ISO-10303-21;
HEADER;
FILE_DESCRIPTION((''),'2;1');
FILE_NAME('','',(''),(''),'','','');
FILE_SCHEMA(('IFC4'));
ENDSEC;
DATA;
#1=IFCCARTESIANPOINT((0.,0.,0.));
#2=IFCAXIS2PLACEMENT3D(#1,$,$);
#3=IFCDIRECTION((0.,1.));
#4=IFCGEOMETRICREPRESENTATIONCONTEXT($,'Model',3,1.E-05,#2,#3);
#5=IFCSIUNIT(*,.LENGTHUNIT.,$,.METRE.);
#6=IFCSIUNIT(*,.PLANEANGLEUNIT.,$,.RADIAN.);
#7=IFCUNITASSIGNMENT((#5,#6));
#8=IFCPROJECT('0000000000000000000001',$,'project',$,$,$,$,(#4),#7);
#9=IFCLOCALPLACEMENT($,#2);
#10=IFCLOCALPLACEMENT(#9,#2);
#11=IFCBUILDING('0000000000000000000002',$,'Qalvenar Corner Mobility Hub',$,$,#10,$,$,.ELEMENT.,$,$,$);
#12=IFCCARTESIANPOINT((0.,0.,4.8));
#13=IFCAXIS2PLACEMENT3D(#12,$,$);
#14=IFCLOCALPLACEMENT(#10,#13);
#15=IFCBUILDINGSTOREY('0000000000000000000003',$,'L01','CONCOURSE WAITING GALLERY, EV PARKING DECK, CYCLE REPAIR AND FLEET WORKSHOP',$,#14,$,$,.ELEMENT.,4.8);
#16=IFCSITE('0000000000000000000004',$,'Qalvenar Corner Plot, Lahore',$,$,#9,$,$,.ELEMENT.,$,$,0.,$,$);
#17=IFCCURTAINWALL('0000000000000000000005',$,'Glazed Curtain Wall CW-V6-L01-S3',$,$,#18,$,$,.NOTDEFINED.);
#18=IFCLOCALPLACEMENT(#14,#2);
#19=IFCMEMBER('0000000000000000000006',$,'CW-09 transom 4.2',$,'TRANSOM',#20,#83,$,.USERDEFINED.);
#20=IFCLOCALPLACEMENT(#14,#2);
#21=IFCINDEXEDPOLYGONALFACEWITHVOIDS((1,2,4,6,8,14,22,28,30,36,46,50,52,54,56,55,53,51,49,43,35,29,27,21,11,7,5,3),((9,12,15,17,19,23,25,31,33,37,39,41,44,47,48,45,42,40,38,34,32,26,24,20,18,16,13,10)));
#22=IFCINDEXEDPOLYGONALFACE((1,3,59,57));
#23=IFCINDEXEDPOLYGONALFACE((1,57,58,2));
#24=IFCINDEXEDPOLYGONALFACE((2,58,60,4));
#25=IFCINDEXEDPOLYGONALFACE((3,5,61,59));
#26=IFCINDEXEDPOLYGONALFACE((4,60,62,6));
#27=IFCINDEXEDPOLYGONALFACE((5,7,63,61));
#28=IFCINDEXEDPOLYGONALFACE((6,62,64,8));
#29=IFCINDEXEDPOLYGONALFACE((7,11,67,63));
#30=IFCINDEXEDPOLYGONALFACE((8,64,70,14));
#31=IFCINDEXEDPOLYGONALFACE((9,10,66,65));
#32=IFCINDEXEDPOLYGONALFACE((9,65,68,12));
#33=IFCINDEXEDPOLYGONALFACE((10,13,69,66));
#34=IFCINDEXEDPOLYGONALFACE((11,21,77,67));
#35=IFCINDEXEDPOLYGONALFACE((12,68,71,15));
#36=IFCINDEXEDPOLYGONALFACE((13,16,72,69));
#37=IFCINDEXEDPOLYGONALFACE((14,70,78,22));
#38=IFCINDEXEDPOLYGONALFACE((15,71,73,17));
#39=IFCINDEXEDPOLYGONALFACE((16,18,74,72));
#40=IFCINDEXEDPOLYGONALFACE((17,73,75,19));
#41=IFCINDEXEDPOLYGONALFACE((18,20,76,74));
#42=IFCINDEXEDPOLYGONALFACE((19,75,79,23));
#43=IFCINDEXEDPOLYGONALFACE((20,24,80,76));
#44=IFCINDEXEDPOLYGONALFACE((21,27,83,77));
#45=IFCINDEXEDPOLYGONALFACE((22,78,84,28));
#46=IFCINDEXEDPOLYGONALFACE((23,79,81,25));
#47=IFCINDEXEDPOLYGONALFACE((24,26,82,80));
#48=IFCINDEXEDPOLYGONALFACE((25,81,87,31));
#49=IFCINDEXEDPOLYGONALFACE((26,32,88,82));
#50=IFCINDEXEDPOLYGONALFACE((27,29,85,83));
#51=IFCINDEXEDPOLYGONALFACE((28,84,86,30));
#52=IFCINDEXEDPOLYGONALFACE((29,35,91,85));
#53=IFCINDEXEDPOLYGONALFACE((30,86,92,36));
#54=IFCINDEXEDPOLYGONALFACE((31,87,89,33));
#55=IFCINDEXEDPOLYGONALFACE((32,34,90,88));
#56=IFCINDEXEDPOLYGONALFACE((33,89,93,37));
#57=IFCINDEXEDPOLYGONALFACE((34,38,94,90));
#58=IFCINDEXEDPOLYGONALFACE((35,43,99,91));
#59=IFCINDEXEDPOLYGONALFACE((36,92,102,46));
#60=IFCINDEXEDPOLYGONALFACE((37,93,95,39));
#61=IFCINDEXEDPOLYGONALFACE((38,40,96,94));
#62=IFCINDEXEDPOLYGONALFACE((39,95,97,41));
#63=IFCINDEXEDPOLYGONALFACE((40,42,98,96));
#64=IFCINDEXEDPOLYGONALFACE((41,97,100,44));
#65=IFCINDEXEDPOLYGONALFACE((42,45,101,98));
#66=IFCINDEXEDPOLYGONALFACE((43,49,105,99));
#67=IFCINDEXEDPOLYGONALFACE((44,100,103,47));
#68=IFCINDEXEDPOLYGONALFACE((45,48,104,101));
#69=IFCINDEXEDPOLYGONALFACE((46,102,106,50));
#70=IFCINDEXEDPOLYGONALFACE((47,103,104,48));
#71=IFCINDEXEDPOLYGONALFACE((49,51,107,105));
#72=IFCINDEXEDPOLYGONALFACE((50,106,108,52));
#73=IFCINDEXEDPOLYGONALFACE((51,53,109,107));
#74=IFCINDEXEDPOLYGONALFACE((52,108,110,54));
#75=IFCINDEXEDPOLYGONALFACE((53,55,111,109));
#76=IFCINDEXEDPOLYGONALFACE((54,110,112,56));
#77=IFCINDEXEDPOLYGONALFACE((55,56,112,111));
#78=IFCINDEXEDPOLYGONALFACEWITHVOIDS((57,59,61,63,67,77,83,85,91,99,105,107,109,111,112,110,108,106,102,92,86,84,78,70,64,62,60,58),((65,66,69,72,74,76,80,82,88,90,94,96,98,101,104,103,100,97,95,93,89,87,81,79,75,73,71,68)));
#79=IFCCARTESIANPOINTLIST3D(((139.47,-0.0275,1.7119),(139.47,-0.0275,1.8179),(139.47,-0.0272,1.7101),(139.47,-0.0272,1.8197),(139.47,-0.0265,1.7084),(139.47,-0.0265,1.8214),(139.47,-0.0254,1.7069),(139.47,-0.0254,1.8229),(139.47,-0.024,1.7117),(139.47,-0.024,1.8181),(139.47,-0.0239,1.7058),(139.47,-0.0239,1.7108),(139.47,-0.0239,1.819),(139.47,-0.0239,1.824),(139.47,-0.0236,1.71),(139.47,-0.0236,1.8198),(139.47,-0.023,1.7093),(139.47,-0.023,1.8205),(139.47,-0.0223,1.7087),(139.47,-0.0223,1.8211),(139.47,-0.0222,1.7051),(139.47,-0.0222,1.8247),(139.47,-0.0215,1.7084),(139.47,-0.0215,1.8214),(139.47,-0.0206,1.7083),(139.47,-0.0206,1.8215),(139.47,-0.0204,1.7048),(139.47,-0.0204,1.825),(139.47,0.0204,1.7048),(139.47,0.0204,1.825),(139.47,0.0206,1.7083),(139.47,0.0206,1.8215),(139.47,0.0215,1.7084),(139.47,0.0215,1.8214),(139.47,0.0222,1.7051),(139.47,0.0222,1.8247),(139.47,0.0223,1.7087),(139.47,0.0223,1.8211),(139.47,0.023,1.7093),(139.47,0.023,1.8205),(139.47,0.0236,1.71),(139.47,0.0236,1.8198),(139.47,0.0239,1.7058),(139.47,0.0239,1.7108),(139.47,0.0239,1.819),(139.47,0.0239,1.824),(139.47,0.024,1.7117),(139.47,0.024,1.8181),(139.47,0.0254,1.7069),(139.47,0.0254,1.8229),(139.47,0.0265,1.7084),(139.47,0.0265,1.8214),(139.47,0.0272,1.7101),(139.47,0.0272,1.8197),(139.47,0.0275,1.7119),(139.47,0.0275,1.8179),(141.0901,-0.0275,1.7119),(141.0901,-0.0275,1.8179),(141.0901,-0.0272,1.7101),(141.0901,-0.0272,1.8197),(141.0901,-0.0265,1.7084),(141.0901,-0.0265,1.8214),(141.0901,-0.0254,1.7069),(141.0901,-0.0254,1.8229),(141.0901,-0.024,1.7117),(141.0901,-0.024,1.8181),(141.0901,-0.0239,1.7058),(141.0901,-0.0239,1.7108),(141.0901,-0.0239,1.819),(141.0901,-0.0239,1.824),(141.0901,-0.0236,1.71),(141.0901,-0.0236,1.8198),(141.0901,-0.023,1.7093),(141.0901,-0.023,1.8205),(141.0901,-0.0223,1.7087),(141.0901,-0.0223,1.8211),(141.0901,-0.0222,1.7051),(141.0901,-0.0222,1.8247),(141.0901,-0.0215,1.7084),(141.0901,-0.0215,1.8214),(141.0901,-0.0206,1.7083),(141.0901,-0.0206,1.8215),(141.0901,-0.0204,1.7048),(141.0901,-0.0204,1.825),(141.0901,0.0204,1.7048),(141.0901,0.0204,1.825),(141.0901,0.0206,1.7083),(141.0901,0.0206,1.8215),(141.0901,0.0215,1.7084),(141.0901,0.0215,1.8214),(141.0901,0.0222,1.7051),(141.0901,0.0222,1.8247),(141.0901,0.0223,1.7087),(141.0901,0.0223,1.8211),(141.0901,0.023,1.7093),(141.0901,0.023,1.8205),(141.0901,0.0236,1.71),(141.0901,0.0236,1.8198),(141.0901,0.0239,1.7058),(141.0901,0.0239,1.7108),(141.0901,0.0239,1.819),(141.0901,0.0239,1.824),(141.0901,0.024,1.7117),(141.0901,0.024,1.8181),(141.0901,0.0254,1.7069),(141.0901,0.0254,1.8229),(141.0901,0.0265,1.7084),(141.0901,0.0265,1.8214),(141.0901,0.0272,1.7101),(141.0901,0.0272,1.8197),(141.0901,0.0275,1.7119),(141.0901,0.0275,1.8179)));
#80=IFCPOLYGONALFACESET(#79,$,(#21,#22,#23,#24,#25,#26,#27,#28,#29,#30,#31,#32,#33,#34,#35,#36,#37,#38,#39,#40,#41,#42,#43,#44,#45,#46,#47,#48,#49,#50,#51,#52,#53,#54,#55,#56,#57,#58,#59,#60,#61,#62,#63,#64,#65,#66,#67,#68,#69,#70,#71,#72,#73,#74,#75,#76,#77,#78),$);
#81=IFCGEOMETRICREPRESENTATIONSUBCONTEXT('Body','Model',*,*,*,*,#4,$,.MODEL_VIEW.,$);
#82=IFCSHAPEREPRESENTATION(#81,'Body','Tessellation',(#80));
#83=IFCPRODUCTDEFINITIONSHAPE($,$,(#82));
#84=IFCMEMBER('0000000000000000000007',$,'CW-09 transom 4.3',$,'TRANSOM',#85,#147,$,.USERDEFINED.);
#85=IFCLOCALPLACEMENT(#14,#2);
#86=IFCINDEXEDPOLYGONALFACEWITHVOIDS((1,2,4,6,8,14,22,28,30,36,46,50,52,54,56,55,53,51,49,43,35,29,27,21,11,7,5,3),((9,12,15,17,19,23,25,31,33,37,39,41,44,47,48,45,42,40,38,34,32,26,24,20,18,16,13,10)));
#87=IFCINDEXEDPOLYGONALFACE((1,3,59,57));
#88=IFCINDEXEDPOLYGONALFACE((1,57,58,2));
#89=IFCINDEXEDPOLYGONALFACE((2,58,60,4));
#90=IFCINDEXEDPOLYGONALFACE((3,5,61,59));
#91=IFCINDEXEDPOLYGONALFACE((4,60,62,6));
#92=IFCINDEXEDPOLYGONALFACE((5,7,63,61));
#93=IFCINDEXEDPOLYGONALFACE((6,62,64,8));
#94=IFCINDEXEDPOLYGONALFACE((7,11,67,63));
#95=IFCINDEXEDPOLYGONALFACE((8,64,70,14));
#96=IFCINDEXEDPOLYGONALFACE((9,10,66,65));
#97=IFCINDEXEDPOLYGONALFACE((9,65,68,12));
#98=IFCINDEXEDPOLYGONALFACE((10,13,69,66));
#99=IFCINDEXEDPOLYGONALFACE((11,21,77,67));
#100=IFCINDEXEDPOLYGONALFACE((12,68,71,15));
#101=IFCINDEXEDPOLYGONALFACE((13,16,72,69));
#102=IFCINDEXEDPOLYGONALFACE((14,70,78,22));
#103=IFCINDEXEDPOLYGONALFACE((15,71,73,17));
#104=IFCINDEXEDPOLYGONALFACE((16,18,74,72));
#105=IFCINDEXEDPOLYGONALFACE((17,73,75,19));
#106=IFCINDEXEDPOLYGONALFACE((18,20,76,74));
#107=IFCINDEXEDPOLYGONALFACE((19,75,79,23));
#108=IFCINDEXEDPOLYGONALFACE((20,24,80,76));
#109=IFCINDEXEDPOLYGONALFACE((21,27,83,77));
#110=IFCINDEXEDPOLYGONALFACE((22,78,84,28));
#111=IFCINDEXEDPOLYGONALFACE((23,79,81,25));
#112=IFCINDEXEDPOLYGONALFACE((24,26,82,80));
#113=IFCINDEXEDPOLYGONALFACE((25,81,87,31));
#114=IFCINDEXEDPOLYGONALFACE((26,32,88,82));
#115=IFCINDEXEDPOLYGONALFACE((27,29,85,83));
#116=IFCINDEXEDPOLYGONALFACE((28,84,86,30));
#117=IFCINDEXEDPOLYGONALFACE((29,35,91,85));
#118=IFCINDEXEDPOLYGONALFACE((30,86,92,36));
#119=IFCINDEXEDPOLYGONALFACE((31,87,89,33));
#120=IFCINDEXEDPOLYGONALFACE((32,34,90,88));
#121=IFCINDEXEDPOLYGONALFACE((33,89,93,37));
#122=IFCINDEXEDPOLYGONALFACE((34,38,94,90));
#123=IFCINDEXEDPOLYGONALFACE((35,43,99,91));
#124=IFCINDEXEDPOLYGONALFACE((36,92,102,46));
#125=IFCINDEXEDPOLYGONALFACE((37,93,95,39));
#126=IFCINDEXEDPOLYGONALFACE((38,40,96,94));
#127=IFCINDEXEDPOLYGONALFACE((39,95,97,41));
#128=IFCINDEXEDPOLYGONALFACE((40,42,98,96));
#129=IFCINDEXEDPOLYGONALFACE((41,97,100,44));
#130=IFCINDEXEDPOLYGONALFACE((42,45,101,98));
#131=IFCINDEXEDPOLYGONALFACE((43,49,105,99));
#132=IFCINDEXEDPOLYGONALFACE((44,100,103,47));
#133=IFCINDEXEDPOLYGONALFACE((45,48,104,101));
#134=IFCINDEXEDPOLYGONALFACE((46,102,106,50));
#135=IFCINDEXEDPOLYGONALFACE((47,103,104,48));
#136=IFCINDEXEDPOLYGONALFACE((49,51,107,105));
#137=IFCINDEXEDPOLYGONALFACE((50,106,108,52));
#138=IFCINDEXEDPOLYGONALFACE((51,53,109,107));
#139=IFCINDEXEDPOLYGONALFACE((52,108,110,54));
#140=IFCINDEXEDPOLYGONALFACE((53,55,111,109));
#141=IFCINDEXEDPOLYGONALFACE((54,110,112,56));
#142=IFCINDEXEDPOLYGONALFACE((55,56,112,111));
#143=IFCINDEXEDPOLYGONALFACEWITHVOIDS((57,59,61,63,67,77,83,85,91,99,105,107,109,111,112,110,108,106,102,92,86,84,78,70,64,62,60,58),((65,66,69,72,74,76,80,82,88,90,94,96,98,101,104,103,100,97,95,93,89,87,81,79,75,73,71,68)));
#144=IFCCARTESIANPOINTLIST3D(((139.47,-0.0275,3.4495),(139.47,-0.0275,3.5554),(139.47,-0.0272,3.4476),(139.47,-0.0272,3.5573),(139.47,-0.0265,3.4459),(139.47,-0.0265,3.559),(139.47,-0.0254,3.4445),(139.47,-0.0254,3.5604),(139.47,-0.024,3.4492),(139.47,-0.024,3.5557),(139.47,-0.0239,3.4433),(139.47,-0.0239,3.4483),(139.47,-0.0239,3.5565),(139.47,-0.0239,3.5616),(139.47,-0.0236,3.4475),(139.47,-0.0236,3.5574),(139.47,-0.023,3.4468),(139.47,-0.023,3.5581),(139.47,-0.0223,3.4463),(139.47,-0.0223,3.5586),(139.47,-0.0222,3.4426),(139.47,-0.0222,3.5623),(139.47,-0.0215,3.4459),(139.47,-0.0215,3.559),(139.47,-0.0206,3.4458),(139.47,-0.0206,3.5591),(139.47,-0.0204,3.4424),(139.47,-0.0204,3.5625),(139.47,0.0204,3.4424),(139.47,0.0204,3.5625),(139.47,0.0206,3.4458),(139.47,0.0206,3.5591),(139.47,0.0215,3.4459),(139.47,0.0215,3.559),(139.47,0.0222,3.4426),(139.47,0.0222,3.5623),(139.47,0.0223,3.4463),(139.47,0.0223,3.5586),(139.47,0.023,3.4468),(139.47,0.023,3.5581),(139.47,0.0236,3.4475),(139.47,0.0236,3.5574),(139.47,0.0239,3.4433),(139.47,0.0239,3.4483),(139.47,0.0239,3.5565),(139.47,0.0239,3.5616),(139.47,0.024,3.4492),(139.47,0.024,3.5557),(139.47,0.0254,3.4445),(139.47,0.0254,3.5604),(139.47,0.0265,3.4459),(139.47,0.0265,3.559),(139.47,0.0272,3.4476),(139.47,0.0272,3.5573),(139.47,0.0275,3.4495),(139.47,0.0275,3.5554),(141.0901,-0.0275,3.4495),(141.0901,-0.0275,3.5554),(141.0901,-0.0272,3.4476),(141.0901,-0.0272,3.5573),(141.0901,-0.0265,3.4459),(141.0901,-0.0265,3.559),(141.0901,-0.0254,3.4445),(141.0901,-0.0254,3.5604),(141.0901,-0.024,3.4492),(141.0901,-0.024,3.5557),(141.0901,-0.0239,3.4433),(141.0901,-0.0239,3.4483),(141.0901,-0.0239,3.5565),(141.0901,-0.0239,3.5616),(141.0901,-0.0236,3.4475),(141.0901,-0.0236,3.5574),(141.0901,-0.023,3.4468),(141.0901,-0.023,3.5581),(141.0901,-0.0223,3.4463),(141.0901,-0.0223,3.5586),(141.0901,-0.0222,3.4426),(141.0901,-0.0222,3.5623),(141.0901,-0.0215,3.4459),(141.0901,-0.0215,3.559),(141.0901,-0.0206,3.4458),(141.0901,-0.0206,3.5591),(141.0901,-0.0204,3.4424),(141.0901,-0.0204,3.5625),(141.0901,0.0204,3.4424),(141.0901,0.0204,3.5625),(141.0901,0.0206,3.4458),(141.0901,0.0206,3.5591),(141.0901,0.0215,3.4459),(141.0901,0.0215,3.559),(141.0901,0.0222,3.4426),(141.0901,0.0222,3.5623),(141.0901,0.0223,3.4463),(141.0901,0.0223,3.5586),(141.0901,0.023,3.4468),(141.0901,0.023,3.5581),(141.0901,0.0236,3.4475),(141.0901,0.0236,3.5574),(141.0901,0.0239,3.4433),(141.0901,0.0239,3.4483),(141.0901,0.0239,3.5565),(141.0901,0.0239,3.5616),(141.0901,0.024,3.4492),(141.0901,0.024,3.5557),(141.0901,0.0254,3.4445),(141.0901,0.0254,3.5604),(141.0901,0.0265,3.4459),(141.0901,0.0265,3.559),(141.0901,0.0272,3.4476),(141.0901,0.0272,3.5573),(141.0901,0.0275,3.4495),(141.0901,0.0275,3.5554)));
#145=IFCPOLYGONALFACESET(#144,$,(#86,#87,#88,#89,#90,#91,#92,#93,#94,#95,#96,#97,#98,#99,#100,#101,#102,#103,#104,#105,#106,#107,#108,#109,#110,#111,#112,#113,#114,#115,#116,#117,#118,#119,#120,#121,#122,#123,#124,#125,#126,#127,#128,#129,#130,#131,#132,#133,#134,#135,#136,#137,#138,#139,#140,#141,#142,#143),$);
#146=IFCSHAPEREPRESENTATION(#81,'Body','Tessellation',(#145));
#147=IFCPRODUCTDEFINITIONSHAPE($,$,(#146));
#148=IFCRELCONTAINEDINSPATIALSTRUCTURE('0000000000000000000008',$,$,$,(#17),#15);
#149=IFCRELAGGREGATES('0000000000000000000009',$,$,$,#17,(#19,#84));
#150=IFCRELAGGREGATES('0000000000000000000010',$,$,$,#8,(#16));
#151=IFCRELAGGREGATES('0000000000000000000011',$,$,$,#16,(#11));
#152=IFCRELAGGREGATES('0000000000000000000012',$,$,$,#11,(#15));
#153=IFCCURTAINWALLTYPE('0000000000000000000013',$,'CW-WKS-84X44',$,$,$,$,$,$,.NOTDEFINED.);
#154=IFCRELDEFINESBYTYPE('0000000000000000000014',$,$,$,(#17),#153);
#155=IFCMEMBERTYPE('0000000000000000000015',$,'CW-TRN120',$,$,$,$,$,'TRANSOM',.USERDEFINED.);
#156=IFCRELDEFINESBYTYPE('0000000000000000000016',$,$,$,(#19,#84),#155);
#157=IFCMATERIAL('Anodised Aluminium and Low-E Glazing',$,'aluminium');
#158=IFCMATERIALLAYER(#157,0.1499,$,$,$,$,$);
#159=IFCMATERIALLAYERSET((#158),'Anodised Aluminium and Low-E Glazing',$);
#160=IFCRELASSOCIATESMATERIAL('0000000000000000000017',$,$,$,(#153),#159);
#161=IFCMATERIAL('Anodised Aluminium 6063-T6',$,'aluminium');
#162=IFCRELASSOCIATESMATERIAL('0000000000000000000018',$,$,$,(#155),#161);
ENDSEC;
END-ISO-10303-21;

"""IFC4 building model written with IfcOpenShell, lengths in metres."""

from ifc_helpers import new_model, si_unit, direction, frame, origin, origin_2d, place, context, subcontext, project, spatial, hollow_rectangle, extrude, material, layer, layer_set, material_profile, profile_set, type_object, element, aggregate, save


model = new_model("IFC4")

# Units and contexts
model_context = context("Model", 3, precision=1e-05, world=origin(), true_north=direction((0.0, 1.0)))
body_context = subcontext(model_context, "Body", "Model", "MODEL_VIEW")
ifc_project = project(units=[si_unit("LENGTHUNIT", "METRE"), si_unit("PLANEANGLEUNIT", "RADIAN")], contexts=[model_context])

# Site, building, storey
site_placement = place(None, origin())
site = spatial("IfcSite", under=ifc_project, at=site_placement, Name="Qalvenar Corner Plot, Lahore", CompositionType="ELEMENT", RefElevation=0.0)
building_placement = place(site_placement, origin())
building = spatial("IfcBuilding", under=site, at=building_placement, Name="Qalvenar Corner Mobility Hub", CompositionType="ELEMENT")
storey_placement = place(building_placement, frame((0.0, 0.0, 4.8)))
storey = spatial("IfcBuildingStorey", under=building, at=storey_placement, Name="L01", Description="CONCOURSE WAITING GALLERY, EV PARKING DECK, CYCLE REPAIR AND FLEET WORKSHOP", CompositionType="ELEMENT", Elevation=4.8)

# Curtain wall
ifc_material_1 = material(Name="Anodised Aluminium and Low-E Glazing", Category="aluminium")
ifc_layer_1 = layer(ifc_material_1, 0.1499)
ifc_layer_set_1 = layer_set([ifc_layer_1], Name="Anodised Aluminium and Low-E Glazing")
curtain_wall_type = type_object("IfcCurtainWallType", Name="CW-WKS-84X44", PredefinedType="NOTDEFINED", material=ifc_layer_set_1)
curtain_wall_1_placement = place(storey_placement, origin())
curtain_wall_1 = element("IfcCurtainWall", 1, at=curtain_wall_1_placement, inside=storey, type_object=curtain_wall_type, Name="Glazed Curtain Wall CW-V6-L01-S3", PredefinedType="NOTDEFINED")
ifc_material_2 = material(Name="Anodised Aluminium 6063-T6", Category="aluminium")

# Members
ifc_material_profile_1 = material_profile(ifc_material_2, hollow_rectangle(XDim=0.0549, YDim=0.1201, WallThickness=0.0034, InnerFilletRadius=0.0034, OuterFilletRadius=0.0071, at=origin_2d()), Name="RHS120x55x3.5")
ifc_profile_set_1 = profile_set([ifc_material_profile_1], Name="Anodised Aluminium 6063-T6")
member_type_1 = type_object("IfcMemberType", Name="CW-TRN120", ElementType="TRANSOM", PredefinedType="USERDEFINED", material=ifc_profile_set_1)
member_1_placement = place(storey_placement, frame((139.47, 0.0, 1.7649), z_axis=(1.0, 0.0, 0.0), x_axis=(0.0, 1.0, 0.0)))
member_1 = element("IfcMember", 2, at=member_1_placement, type_object=member_type_1, Name="CW-09 transom 4.2", ObjectType="TRANSOM", PredefinedType="USERDEFINED", context=body_context, shape_type="SweptSolid", body=[
    extrude(hollow_rectangle(XDim=0.0549, YDim=0.1201, WallThickness=0.0034, InnerFilletRadius=0.0034, OuterFilletRadius=0.0071, at=origin_2d()), origin(), (0.0, 0.0, 1.0), 1.6201),
])
member_2_placement = place(storey_placement, frame((139.47, 0.0, 3.5024), z_axis=(1.0, 0.0, 0.0), x_axis=(0.0, 1.0, 0.0)))
member_2 = element("IfcMember", 3, at=member_2_placement, type_object=member_type_1, Name="CW-09 transom 4.3", ObjectType="TRANSOM", PredefinedType="USERDEFINED", context=body_context, shape_type="SweptSolid", body=[
    extrude(hollow_rectangle(XDim=0.0549, YDim=0.1201, WallThickness=0.0034, InnerFilletRadius=0.0034, OuterFilletRadius=0.0071, at=origin_2d()), origin(), (0.0, 0.0, 1.0), 1.6201),
])

aggregate(curtain_wall_1, [member_1, member_2])

save(model, "model.ifc")
